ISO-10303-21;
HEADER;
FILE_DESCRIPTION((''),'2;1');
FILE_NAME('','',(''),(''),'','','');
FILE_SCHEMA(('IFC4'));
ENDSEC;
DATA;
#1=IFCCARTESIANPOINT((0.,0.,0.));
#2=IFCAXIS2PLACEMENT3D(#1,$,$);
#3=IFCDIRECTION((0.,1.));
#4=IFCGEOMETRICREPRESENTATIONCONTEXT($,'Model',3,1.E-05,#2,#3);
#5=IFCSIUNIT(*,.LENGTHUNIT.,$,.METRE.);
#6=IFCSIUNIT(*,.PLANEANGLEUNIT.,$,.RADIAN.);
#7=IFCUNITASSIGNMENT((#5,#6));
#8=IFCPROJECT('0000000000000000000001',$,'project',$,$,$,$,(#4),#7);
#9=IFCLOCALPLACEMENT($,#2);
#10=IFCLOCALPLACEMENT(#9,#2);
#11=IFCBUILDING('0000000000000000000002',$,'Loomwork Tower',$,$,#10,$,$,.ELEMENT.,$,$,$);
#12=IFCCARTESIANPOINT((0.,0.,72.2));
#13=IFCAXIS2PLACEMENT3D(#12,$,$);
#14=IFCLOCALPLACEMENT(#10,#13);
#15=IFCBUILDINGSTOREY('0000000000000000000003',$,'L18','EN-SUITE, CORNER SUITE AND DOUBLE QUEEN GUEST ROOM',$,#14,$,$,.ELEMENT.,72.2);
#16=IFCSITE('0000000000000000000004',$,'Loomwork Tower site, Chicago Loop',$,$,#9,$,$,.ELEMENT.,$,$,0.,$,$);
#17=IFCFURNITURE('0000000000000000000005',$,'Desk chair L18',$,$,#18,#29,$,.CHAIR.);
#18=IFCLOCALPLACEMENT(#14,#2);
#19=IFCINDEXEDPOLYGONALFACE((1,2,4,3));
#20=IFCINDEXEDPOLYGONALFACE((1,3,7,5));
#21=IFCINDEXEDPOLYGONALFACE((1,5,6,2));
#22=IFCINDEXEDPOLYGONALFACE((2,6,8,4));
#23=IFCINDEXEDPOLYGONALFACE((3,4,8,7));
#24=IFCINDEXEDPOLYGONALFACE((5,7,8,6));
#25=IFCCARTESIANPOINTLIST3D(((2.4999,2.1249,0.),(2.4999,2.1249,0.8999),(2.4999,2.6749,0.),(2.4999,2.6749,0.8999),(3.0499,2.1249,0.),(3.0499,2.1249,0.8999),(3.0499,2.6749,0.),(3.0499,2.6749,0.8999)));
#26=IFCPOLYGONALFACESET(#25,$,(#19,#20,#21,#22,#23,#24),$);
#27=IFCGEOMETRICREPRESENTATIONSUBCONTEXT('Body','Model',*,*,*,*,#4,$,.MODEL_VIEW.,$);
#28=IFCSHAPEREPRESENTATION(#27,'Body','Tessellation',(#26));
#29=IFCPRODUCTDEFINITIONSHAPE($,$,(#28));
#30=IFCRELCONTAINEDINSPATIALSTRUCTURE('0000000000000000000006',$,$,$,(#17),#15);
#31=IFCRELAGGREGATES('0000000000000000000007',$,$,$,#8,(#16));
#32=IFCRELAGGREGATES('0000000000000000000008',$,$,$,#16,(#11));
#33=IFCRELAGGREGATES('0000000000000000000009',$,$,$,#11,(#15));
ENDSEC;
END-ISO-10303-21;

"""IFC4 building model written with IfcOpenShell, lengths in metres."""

from ifc_helpers import new_model, si_unit, direction, frame, origin, origin_2d, place, context, subcontext, project, spatial, rectangle, extrude, element, save


model = new_model("IFC4")

# Units and contexts
model_context = context("Model", 3, precision=1e-05, world=origin(), true_north=direction((0.0, 1.0)))
body_context = subcontext(model_context, "Body", "Model", "MODEL_VIEW")
ifc_project = project(units=[si_unit("LENGTHUNIT", "METRE"), si_unit("PLANEANGLEUNIT", "RADIAN")], contexts=[model_context])

# Site, building, storey
site_placement = place(None, origin())
site = spatial("IfcSite", under=ifc_project, at=site_placement, Name="Loomwork Tower site, Chicago Loop", CompositionType="ELEMENT", RefElevation=0.0)
building_placement = place(site_placement, origin())
building = spatial("IfcBuilding", under=site, at=building_placement, Name="Loomwork Tower", CompositionType="ELEMENT")
storey_placement = place(building_placement, frame((0.0, 0.0, 72.2)))
storey = spatial("IfcBuildingStorey", under=building, at=storey_placement, Name="L18", Description="EN-SUITE, CORNER SUITE AND DOUBLE QUEEN GUEST ROOM", CompositionType="ELEMENT", Elevation=72.2)

# Furniture
furniture_1_placement = place(storey_placement, frame((2.7749, 2.3999, 0.0), z_axis=(0.0, 0.0, 1.0), x_axis=(1.0, 0.0, 0.0)))
element("IfcFurniture", 1, at=furniture_1_placement, inside=storey, Name="Desk chair L18", PredefinedType="CHAIR", context=body_context, shape_type="SweptSolid", body=[
    extrude(rectangle(XDim=0.55, YDim=0.55, at=origin_2d()), origin(), (0.0, 0.0, 1.0), 0.8999),
])

save(model, "model.ifc")
